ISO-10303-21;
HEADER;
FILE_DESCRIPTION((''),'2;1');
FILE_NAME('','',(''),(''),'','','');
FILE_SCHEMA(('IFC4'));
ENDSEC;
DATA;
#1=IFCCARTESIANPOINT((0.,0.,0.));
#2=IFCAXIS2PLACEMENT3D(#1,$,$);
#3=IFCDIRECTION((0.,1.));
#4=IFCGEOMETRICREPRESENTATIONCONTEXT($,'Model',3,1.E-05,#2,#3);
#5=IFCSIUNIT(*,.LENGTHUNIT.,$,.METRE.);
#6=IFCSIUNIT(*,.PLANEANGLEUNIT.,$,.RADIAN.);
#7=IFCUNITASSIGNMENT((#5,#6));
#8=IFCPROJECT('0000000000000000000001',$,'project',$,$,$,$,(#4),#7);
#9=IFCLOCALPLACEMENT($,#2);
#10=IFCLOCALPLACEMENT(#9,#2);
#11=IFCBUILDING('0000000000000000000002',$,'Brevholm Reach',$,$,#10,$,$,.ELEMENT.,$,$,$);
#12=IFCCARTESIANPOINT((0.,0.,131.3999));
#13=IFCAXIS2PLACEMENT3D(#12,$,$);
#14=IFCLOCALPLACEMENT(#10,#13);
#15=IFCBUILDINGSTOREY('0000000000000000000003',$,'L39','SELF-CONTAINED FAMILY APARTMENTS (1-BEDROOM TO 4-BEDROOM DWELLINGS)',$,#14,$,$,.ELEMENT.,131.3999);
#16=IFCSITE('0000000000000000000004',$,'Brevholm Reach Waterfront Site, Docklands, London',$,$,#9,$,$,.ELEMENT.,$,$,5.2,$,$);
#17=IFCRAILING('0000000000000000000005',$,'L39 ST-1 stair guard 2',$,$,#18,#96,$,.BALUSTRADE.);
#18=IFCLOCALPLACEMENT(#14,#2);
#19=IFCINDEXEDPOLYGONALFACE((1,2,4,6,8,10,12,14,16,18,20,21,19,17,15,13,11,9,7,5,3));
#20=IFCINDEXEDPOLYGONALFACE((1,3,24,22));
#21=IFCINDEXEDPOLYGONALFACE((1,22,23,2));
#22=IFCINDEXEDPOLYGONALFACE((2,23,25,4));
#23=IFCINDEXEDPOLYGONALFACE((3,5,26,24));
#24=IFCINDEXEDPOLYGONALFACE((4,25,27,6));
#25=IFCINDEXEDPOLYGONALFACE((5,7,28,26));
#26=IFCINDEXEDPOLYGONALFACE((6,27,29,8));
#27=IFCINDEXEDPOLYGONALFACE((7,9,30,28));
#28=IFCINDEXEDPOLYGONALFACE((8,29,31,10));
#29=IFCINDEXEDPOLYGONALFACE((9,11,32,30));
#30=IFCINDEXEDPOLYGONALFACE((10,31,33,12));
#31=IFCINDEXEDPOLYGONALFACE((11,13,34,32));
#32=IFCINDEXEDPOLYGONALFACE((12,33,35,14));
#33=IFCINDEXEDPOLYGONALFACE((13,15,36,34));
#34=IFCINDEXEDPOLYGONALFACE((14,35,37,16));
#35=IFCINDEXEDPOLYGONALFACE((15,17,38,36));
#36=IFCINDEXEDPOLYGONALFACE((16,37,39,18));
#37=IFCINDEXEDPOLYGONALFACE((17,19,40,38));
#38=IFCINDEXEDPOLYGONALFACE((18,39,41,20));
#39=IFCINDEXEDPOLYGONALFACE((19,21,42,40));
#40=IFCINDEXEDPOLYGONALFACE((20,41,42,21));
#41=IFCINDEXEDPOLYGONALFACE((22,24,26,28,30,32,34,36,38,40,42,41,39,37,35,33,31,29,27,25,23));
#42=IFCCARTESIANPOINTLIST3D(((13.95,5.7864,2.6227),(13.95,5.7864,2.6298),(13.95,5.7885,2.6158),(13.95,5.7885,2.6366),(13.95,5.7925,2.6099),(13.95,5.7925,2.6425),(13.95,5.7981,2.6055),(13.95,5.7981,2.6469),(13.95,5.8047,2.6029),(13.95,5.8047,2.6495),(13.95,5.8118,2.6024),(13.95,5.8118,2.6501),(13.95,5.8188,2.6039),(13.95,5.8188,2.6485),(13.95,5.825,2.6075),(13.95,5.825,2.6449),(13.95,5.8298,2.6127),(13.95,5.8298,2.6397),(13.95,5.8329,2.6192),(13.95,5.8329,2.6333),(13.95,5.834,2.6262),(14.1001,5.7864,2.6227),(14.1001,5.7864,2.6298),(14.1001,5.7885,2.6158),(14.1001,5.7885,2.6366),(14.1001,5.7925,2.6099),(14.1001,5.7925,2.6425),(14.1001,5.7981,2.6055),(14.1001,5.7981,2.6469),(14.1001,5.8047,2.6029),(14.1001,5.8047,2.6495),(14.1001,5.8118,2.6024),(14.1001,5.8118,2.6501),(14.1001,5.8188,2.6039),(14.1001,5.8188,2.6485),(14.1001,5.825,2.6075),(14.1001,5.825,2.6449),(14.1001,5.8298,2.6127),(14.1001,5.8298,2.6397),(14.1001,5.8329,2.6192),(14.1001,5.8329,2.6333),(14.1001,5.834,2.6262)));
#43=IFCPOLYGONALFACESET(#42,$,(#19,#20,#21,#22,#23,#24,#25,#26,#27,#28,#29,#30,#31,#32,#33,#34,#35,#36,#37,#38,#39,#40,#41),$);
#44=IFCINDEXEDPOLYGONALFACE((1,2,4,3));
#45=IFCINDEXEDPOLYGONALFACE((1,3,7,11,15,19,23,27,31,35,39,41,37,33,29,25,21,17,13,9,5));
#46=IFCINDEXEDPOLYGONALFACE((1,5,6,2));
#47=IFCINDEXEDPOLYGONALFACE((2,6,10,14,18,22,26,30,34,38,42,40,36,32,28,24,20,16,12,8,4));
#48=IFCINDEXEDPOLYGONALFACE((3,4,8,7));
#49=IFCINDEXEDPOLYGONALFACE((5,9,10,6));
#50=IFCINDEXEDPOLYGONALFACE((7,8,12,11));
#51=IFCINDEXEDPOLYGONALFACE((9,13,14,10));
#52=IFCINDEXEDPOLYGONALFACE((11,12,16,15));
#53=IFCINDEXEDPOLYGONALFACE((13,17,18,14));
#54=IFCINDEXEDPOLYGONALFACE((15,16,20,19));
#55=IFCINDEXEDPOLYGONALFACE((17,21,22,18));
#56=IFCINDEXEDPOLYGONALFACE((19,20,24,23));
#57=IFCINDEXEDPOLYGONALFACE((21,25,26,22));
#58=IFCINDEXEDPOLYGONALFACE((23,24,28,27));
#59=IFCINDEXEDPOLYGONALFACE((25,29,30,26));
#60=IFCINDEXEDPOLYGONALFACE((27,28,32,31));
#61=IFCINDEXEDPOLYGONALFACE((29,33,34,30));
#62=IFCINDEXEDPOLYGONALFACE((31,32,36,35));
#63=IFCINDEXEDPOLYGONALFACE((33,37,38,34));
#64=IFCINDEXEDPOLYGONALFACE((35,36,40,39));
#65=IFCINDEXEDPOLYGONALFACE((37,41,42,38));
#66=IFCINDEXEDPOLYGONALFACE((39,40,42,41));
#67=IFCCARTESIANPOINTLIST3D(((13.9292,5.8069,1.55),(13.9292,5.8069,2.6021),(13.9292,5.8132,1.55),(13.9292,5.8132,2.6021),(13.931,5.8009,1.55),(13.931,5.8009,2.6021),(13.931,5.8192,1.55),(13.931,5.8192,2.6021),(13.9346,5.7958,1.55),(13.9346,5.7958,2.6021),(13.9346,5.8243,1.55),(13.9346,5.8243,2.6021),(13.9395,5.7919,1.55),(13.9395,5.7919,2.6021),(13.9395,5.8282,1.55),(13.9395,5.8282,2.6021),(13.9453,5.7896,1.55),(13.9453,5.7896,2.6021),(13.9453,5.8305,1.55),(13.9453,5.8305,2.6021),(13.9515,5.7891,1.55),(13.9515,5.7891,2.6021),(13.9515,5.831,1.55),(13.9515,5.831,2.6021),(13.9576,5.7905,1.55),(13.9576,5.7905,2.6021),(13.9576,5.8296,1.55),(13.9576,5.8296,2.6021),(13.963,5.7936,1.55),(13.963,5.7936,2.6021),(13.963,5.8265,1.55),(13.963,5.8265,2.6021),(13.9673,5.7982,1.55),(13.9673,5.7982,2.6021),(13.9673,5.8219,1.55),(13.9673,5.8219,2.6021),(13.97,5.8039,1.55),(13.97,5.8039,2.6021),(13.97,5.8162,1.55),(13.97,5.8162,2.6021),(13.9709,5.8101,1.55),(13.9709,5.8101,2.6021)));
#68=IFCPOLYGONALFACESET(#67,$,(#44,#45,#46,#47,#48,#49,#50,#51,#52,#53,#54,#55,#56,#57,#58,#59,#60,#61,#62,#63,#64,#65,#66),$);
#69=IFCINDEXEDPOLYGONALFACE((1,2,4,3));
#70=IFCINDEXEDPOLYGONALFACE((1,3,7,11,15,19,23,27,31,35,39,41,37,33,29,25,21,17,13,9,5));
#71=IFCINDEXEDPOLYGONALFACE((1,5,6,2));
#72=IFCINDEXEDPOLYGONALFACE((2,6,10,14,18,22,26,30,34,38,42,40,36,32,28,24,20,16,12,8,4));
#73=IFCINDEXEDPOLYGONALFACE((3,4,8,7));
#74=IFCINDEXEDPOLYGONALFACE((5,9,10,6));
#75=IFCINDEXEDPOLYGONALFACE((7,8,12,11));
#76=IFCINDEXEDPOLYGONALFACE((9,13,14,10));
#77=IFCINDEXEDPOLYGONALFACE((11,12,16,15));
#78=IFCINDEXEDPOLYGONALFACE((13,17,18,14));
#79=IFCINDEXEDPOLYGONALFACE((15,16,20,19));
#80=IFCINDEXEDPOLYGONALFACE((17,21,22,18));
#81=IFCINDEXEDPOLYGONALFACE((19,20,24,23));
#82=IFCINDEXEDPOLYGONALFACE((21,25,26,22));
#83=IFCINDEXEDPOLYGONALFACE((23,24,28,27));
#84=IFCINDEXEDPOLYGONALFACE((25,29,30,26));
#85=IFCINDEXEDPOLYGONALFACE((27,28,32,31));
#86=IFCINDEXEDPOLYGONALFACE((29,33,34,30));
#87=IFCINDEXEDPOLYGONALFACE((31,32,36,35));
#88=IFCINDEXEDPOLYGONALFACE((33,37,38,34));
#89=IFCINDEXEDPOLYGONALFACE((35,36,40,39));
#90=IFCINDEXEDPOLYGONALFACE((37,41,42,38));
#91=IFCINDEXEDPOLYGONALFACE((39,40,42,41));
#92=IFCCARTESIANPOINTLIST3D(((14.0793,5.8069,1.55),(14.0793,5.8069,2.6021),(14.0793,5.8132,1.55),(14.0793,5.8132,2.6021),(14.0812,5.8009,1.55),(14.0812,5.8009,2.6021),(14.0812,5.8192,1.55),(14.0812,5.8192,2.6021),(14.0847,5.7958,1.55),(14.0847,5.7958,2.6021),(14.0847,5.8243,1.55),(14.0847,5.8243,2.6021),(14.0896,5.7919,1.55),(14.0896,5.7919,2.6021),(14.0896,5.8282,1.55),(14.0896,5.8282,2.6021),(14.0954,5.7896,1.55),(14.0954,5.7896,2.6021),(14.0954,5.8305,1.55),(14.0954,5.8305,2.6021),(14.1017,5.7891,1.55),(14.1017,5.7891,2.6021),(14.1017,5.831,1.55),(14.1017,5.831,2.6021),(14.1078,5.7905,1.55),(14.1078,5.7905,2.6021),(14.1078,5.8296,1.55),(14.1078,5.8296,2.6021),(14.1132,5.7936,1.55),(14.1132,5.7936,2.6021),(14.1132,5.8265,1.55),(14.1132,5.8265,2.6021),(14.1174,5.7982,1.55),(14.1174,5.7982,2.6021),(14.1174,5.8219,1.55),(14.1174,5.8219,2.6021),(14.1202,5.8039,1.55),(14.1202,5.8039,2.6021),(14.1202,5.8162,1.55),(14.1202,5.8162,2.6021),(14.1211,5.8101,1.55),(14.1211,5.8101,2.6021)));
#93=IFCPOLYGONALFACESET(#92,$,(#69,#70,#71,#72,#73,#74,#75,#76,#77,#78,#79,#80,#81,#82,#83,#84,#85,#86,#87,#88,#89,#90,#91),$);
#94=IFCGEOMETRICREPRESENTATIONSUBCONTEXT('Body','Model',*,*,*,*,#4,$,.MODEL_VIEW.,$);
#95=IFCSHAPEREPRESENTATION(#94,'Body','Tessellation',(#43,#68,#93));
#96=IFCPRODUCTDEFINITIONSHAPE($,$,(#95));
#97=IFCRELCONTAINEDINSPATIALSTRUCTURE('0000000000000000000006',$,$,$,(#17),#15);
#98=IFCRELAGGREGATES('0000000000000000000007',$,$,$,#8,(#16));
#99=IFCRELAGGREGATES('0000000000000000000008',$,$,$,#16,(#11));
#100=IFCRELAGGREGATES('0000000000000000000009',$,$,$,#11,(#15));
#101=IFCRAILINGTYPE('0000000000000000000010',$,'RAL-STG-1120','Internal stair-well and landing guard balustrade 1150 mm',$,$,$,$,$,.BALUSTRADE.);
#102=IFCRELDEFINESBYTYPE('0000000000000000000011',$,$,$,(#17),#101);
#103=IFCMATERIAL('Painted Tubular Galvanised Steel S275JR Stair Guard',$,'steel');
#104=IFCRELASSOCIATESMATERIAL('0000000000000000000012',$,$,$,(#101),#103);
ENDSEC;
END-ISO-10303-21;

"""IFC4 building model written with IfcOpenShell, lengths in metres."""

from ifc_helpers import new_model, si_unit, direction, frame, origin, origin_2d, place, context, subcontext, project, spatial, circle, extrude, material, type_object, element, save


model = new_model("IFC4")

# Units and contexts
model_context = context("Model", 3, precision=1e-05, world=origin(), true_north=direction((0.0, 1.0)))
body_context = subcontext(model_context, "Body", "Model", "MODEL_VIEW")
ifc_project = project(units=[si_unit("LENGTHUNIT", "METRE"), si_unit("PLANEANGLEUNIT", "RADIAN")], contexts=[model_context])

# Site, building, storey
site_placement = place(None, origin())
site = spatial("IfcSite", under=ifc_project, at=site_placement, Name="Brevholm Reach Waterfront Site, Docklands, London", CompositionType="ELEMENT", RefElevation=5.2)
building_placement = place(site_placement, origin())
building = spatial("IfcBuilding", under=site, at=building_placement, Name="Brevholm Reach", CompositionType="ELEMENT")
storey_placement = place(building_placement, frame((0.0, 0.0, 131.3999)))
storey = spatial("IfcBuildingStorey", under=building, at=storey_placement, Name="L39", Description="SELF-CONTAINED FAMILY APARTMENTS (1-BEDROOM TO 4-BEDROOM DWELLINGS)", CompositionType="ELEMENT", Elevation=131.3999)

# Railing
ifc_material_1 = material(Name="Painted Tubular Galvanised Steel S275JR Stair Guard", Category="steel")
railing_type_1 = type_object("IfcRailingType", Name="RAL-STG-1120", Description="Internal stair-well and landing guard balustrade 1150 mm", PredefinedType="BALUSTRADE", material=ifc_material_1)
railing_1_placement = place(storey_placement, frame((13.95, 5.8101, 1.55)))
element("IfcRailing", 1, at=railing_1_placement, inside=storey, type_object=railing_type_1, Name="L39 ST-1 stair guard 2", PredefinedType="BALUSTRADE", context=body_context, shape_type="SweptSolid", body=[
    extrude(circle(Radius=0.0239, at=origin_2d()), frame((0.0, 0.0, 1.0762), z_axis=(1.0, 0.0, 0.0), x_axis=(0.0, 1.0, 0.0)), (0.0, 0.0, 1.0), 0.1501),
    extrude(circle(Radius=0.021, at=origin_2d()), origin(), (0.0, 0.0, 1.0), 1.052),
    extrude(circle(Radius=0.021, at=origin_2d()), frame((0.1501, 0.0, 0.0)), (0.0, 0.0, 1.0), 1.052),
])

save(model, "model.ifc")
